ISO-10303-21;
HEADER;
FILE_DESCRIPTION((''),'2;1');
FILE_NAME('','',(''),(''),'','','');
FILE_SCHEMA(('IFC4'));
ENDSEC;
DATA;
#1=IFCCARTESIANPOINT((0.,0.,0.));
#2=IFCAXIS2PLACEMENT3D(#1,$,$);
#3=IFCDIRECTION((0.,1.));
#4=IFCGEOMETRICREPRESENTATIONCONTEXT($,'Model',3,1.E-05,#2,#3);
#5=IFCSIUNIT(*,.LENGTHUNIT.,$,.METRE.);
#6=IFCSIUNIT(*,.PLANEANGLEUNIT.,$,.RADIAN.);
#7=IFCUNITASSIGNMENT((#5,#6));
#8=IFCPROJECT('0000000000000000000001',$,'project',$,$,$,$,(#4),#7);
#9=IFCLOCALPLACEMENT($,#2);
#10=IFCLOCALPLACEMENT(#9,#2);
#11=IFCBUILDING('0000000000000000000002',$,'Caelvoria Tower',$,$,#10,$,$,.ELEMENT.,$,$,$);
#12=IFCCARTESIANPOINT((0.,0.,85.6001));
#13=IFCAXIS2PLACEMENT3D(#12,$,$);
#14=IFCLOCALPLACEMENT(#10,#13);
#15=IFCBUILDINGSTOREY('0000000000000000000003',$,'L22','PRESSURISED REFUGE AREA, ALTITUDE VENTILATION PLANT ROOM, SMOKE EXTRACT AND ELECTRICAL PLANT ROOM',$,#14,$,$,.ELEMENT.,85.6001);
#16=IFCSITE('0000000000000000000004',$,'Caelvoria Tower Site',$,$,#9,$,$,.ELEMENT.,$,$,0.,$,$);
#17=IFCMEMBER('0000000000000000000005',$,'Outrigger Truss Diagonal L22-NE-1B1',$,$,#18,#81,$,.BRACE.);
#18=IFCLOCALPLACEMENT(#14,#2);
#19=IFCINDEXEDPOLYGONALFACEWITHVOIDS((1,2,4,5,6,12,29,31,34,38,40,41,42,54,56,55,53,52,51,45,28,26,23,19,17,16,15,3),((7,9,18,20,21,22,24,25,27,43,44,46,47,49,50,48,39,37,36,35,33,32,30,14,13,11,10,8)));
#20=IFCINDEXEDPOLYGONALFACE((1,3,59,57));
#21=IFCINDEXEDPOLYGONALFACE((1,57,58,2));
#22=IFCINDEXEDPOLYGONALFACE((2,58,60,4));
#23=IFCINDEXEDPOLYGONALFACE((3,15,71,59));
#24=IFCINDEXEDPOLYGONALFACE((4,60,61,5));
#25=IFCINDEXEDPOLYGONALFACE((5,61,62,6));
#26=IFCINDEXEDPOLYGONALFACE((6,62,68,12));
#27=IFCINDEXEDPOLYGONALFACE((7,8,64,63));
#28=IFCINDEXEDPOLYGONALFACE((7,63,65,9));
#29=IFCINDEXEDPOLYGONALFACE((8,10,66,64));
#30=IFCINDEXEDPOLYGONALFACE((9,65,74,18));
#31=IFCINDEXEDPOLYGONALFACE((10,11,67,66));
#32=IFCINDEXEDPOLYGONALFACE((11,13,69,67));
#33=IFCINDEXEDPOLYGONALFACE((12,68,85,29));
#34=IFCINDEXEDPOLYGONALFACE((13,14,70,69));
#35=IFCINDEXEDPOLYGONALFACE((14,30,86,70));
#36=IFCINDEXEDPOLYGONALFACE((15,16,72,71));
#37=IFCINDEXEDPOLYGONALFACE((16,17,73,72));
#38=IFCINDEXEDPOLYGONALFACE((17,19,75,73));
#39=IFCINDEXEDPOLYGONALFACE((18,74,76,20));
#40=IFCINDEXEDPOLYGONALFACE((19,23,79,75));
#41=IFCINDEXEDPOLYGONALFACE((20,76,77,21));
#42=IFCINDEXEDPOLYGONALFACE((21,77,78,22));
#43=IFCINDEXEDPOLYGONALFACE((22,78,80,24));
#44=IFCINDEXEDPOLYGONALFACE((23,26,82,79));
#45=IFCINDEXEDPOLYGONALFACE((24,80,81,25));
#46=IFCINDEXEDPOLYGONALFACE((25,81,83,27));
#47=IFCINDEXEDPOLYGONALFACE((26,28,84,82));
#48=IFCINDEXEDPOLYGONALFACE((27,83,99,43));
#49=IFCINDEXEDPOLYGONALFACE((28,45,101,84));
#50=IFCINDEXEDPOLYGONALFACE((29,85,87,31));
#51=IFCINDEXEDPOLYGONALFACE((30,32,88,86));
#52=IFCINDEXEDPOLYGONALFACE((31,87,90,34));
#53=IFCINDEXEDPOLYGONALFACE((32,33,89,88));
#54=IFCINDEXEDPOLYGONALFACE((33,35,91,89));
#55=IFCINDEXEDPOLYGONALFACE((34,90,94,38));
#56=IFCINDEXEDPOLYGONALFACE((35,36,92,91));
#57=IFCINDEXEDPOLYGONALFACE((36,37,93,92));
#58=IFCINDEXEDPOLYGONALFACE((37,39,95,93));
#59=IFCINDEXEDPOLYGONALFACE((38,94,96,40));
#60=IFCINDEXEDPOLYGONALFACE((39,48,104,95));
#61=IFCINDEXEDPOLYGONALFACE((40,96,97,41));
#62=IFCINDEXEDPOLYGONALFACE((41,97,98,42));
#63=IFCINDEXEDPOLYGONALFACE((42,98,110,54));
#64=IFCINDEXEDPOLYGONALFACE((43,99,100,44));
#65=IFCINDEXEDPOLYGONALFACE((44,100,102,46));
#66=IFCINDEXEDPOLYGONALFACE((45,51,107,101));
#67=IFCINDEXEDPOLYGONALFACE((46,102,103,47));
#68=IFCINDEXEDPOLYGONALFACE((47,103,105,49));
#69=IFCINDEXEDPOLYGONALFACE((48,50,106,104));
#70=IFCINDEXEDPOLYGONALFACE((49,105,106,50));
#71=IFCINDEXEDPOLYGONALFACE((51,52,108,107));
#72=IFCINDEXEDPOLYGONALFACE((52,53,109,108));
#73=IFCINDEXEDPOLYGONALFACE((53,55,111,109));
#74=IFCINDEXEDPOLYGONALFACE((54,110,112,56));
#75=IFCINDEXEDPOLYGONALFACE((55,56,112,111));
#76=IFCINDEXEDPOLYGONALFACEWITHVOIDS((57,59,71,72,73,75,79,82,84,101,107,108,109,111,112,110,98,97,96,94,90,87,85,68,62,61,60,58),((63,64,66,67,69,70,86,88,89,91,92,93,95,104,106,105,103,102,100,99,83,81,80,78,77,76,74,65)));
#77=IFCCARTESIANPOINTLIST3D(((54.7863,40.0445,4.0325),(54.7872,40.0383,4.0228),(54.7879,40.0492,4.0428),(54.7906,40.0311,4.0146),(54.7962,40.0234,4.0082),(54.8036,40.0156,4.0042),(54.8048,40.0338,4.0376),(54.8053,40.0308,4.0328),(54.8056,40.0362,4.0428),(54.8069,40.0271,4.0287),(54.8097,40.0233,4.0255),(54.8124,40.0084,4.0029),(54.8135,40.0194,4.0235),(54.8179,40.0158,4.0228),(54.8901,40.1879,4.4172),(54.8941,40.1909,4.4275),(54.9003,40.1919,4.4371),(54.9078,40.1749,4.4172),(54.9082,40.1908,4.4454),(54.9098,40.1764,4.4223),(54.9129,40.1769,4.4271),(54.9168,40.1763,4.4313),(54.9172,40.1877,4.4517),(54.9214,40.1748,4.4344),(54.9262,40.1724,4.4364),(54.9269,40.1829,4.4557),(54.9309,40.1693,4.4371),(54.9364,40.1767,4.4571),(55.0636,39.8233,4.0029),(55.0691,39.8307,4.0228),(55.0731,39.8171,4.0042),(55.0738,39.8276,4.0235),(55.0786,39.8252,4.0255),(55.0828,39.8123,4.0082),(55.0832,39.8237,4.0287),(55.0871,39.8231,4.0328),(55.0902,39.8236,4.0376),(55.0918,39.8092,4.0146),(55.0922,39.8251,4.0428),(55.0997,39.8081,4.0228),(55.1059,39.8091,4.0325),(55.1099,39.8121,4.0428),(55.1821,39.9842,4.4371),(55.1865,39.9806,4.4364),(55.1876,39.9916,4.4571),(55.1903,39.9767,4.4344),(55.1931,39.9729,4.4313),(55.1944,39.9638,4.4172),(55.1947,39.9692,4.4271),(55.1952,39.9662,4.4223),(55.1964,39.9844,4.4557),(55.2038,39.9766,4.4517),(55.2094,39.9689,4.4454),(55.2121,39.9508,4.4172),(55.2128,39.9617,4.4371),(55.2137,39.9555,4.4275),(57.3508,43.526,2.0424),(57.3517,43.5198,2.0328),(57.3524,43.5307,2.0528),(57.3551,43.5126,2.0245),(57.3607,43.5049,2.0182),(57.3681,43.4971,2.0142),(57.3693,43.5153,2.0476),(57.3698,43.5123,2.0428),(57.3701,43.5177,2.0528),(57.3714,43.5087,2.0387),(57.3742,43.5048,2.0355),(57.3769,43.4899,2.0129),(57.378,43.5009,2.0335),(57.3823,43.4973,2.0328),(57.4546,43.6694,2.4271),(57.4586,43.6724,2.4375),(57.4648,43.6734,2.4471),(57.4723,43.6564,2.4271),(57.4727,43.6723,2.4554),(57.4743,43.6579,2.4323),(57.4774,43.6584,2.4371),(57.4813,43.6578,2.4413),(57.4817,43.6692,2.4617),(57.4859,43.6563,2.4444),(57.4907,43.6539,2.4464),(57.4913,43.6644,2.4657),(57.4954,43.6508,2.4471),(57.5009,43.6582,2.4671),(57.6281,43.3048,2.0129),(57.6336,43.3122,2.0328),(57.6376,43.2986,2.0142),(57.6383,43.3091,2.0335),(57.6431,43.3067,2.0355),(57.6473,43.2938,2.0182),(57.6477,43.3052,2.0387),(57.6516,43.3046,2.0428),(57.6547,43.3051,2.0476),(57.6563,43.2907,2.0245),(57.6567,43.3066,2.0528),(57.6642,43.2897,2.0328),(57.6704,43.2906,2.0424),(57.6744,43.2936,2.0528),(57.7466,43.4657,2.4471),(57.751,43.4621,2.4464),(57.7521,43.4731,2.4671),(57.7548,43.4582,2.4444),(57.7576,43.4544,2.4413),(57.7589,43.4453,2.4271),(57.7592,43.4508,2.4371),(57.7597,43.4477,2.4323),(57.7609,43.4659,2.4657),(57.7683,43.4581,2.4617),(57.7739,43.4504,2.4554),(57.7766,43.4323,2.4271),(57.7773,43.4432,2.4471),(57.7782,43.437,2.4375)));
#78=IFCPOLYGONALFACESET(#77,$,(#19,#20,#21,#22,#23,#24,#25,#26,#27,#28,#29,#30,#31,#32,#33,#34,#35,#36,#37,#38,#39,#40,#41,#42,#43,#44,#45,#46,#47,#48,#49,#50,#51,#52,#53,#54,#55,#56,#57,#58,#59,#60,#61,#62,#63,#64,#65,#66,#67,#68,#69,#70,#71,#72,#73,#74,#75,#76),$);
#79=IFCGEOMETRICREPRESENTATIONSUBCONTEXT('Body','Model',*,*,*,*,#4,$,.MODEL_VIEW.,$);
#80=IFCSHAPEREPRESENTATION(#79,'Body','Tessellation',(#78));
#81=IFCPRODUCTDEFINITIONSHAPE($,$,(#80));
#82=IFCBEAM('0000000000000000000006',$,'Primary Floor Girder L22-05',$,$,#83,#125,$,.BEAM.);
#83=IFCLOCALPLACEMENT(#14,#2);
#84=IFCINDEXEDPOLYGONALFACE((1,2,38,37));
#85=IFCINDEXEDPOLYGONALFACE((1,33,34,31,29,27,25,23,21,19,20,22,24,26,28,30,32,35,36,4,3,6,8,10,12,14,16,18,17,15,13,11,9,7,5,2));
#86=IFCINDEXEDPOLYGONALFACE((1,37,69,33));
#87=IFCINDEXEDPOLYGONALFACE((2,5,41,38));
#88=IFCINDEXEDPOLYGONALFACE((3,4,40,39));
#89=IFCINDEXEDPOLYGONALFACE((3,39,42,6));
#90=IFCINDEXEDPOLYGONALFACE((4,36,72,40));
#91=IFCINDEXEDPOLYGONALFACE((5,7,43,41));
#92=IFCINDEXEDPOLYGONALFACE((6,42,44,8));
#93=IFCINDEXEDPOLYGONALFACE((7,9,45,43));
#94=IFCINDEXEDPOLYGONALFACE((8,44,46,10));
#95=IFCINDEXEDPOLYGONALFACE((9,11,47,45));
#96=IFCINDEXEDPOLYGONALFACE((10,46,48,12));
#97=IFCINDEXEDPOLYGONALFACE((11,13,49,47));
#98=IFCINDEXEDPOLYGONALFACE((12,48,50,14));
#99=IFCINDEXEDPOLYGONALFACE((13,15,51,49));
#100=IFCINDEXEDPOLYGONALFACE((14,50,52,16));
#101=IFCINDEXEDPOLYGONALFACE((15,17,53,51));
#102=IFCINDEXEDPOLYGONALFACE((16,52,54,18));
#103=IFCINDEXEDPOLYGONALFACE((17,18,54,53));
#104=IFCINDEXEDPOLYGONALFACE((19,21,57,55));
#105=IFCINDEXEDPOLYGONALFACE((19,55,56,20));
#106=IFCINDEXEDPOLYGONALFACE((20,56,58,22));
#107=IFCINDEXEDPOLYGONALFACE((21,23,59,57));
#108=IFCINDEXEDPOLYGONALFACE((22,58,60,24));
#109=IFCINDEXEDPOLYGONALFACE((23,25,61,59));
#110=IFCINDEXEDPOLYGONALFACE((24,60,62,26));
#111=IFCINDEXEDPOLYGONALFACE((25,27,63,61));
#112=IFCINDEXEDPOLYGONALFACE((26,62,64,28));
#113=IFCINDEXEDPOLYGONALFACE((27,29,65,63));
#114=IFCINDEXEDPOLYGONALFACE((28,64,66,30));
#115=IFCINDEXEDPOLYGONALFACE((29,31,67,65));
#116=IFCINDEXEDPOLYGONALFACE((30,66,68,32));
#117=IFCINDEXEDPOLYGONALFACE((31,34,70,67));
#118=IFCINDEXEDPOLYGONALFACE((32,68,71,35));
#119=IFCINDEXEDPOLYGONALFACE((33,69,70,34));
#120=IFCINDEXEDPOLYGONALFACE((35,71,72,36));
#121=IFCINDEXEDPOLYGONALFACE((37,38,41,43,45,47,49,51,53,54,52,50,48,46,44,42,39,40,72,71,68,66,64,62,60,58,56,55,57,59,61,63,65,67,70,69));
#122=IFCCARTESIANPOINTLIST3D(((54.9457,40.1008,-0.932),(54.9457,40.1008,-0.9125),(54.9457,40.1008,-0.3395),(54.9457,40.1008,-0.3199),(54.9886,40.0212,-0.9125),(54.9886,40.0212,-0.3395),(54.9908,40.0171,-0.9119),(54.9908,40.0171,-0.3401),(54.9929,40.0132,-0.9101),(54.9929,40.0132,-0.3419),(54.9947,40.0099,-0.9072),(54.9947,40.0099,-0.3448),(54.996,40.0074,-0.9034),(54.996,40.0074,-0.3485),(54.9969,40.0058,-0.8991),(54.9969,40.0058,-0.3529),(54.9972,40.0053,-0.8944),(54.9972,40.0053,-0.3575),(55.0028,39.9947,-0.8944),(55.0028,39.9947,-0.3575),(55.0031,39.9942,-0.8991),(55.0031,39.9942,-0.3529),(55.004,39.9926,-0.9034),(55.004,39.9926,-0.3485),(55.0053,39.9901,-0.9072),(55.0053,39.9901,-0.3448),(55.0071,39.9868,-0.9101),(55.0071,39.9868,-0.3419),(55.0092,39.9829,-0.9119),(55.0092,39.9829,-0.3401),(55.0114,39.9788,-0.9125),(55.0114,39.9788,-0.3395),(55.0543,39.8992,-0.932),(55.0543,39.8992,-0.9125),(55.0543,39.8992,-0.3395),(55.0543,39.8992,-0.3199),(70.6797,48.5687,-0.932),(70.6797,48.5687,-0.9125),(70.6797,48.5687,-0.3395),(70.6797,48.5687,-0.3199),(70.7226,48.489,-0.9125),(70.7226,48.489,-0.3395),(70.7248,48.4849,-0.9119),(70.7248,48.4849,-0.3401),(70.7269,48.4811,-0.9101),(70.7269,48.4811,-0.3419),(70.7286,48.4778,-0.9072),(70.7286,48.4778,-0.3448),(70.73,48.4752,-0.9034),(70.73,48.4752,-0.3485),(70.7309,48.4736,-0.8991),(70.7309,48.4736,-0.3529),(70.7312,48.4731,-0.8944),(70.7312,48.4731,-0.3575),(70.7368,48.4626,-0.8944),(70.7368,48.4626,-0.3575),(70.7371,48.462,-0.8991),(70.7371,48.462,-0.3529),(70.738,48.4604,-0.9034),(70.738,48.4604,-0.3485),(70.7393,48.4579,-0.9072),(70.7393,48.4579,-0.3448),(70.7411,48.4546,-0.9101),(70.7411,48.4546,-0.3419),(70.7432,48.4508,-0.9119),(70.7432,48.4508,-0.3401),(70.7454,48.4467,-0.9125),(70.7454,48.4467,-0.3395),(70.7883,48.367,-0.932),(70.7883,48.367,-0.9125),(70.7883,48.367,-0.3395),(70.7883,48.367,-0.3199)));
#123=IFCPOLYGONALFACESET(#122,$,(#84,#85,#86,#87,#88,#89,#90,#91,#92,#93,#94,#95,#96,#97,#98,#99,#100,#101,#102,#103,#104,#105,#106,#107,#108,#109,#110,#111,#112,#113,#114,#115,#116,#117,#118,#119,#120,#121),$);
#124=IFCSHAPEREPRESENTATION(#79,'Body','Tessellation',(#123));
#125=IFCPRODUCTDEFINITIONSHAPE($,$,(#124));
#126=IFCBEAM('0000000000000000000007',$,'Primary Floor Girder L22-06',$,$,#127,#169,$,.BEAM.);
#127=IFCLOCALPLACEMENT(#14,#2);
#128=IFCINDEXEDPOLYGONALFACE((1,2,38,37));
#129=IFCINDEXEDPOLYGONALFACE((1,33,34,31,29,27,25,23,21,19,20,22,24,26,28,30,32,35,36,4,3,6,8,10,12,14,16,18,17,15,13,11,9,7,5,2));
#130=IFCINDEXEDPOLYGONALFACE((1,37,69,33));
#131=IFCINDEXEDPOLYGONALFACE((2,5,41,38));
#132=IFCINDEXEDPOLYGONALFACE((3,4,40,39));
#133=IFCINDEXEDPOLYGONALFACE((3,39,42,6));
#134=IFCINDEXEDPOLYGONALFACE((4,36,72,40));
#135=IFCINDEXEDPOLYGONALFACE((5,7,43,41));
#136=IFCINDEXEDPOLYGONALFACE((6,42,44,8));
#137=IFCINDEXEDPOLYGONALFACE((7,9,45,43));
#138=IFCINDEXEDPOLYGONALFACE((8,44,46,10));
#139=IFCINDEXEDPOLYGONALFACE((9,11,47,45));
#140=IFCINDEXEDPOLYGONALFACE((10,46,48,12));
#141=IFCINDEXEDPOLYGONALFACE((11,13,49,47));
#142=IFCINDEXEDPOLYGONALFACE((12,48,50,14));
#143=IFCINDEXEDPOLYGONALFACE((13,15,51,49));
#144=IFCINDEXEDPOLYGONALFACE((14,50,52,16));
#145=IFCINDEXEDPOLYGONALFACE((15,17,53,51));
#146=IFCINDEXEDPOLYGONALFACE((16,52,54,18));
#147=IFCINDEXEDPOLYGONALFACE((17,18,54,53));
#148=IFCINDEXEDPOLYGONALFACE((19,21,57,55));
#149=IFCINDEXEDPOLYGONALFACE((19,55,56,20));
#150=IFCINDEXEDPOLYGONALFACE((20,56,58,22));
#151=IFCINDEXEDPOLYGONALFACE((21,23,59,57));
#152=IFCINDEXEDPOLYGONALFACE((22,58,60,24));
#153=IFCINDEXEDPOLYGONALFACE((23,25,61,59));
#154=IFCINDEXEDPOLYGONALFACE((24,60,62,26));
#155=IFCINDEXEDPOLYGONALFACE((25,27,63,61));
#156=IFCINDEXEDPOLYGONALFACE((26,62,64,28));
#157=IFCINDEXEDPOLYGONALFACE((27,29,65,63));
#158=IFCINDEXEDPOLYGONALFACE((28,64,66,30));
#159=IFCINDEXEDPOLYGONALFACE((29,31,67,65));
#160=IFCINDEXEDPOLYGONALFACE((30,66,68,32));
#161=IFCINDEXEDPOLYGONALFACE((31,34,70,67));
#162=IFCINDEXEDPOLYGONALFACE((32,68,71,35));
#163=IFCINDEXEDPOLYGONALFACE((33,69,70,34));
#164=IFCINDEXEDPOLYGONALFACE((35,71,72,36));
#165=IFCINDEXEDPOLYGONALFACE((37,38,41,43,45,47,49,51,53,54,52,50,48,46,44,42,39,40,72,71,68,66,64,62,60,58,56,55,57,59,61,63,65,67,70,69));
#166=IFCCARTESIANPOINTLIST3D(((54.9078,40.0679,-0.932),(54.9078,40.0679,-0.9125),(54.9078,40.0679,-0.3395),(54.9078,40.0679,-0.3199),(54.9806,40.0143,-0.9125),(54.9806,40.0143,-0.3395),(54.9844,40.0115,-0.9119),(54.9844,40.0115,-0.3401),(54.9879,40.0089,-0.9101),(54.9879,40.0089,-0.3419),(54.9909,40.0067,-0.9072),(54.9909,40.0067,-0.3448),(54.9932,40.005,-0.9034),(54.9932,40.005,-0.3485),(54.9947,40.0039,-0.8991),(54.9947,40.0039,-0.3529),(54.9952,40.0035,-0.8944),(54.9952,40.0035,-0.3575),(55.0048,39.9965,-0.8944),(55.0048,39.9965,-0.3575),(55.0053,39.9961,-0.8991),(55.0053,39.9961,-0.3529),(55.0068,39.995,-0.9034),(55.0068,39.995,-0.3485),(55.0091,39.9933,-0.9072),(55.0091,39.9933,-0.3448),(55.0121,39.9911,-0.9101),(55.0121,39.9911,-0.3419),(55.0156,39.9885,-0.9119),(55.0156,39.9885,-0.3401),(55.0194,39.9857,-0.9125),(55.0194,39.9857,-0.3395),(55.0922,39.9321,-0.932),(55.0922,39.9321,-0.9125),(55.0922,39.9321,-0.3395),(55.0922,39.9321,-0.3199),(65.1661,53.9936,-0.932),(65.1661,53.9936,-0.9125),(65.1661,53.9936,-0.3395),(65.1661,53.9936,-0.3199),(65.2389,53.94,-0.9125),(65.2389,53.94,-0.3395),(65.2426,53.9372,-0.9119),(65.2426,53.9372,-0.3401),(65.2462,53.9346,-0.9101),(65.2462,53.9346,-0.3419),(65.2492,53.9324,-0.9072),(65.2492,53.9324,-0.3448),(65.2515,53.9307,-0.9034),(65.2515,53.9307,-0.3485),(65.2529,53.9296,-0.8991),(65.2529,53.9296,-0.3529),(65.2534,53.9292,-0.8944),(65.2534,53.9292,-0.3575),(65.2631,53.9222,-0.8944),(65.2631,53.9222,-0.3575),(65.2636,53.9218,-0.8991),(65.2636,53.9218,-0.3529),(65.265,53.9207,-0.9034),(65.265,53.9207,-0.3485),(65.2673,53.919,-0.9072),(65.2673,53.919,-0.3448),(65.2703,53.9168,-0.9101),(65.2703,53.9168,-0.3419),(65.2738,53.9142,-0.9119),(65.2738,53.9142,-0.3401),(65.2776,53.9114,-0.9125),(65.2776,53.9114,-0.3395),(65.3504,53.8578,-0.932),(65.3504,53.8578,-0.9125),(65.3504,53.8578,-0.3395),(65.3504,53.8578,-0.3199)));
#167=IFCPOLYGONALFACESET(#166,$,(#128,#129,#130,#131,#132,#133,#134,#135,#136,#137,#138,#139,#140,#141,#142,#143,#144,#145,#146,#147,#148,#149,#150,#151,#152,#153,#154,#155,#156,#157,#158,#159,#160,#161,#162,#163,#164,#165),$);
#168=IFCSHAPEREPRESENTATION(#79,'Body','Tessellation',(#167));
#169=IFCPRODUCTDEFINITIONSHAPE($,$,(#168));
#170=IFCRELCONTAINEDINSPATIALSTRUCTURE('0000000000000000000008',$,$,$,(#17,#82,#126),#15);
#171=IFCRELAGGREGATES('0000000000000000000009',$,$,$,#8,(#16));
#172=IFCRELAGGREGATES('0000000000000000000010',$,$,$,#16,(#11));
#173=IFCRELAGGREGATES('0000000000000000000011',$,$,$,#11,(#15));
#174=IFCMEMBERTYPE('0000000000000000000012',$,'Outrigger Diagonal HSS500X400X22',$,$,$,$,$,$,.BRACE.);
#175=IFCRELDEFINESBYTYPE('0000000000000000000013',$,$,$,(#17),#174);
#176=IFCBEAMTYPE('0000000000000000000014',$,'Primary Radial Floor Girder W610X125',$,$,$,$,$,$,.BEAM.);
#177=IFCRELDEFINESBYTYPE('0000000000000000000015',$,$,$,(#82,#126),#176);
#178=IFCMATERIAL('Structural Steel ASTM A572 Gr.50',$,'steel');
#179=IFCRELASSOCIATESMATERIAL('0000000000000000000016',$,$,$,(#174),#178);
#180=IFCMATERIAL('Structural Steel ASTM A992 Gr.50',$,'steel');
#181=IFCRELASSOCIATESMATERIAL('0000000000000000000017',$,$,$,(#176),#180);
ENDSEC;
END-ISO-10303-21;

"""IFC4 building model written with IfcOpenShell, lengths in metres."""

from ifc_helpers import new_model, si_unit, direction, frame, origin, origin_2d, place, context, subcontext, project, spatial, hollow_rectangle, i_section, extrude, material, material_profile, profile_set, type_object, element, save


model = new_model("IFC4")

# Units and contexts
model_context = context("Model", 3, precision=1e-05, world=origin(), true_north=direction((0.0, 1.0)))
body_context = subcontext(model_context, "Body", "Model", "MODEL_VIEW")
ifc_project = project(units=[si_unit("LENGTHUNIT", "METRE"), si_unit("PLANEANGLEUNIT", "RADIAN")], contexts=[model_context])

# Site, building, storey
site_placement = place(None, origin())
site = spatial("IfcSite", under=ifc_project, at=site_placement, Name="Caelvoria Tower Site", CompositionType="ELEMENT", RefElevation=0.0)
building_placement = place(site_placement, origin())
building = spatial("IfcBuilding", under=site, at=building_placement, Name="Caelvoria Tower", CompositionType="ELEMENT")
storey_placement = place(building_placement, frame((0.0, 0.0, 85.6001)))
storey = spatial("IfcBuildingStorey", under=building, at=storey_placement, Name="L22", Description="PRESSURISED REFUGE AREA, ALTITUDE VENTILATION PLANT ROOM, SMOKE EXTRACT AND ELECTRICAL PLANT ROOM", CompositionType="ELEMENT", Elevation=85.6001)

# Shared definitions
ifc_material_1 = material(Name="Structural Steel ASTM A992 Gr.50", Category="steel")

# Member
ifc_material_2 = material(Name="Structural Steel ASTM A572 Gr.50", Category="steel")
ifc_material_profile_1 = material_profile(ifc_material_2, hollow_rectangle(XDim=0.3999, YDim=0.5, WallThickness=0.022, InnerFilletRadius=0.022, OuterFilletRadius=0.0439, at=origin_2d()), Name="Structural Steel ASTM A572 Gr.50")
ifc_profile_set_1 = profile_set([ifc_material_profile_1], Name="HSS500X400X22 - Structural Steel ASTM A572 Gr.50")
member_type = type_object("IfcMemberType", Name="Outrigger Diagonal HSS500X400X22", PredefinedType="BRACE", material=ifc_profile_set_1)
member_1_placement = place(storey_placement, frame((55.0, 40.0, 4.23), z_axis=(0.538758, 0.731407, -0.418071), x_axis=(-0.805147, 0.593076, 0.0)))
element("IfcMember", 1, at=member_1_placement, inside=storey, type_object=member_type, Name="Outrigger Truss Diagonal L22-NE-1B1", PredefinedType="BRACE", context=body_context, shape_type="SweptSolid", body=[
    extrude(hollow_rectangle(XDim=0.3999, YDim=0.5, WallThickness=0.022, InnerFilletRadius=0.022, OuterFilletRadius=0.0439, at=origin_2d()), origin(), (0.0, 0.0, 1.0), 4.76),
])

# Beams
ifc_material_profile_2 = material_profile(ifc_material_1, i_section(OverallWidth=0.229, OverallDepth=0.6121, WebThickness=0.012, FlangeThickness=0.0195, FilletRadius=0.0181, at=origin_2d()), Name="Structural Steel ASTM A992 Gr.50")
ifc_profile_set_2 = profile_set([ifc_material_profile_2], Name="W610X125 - Structural Steel ASTM A992 Gr.50")
beam_type_1 = type_object("IfcBeamType", Name="Primary Radial Floor Girder W610X125", PredefinedType="BEAM", material=ifc_profile_set_2)
beam_1_placement = place(storey_placement, frame((55.0, 40.0, -0.626), z_axis=(0.880572, 0.473912, 0.0), x_axis=(-0.473912, 0.880572, 0.0)))
element("IfcBeam", 2, at=beam_1_placement, inside=storey, type_object=beam_type_1, Name="Primary Floor Girder L22-05", PredefinedType="BEAM", context=body_context, shape_type="SweptSolid", body=[
    extrude(i_section(OverallWidth=0.229, OverallDepth=0.6121, WebThickness=0.012, FlangeThickness=0.0195, FilletRadius=0.0181, at=origin_2d()), origin(), (0.0, 0.0, 1.0), 17.8679),
])
beam_2_placement = place(storey_placement, frame((55.0, 40.0, -0.626), z_axis=(0.593094, 0.805133, 0.0), x_axis=(-0.805133, 0.593094, 0.0)))
element("IfcBeam", 3, at=beam_2_placement, inside=storey, type_object=beam_type_1, Name="Primary Floor Girder L22-06", PredefinedType="BEAM", context=body_context, shape_type="SweptSolid", body=[
    extrude(i_section(OverallWidth=0.229, OverallDepth=0.6121, WebThickness=0.012, FlangeThickness=0.0195, FilletRadius=0.0181, at=origin_2d()), origin(), (0.0, 0.0, 1.0), 17.2961),
])

save(model, "model.ifc")
